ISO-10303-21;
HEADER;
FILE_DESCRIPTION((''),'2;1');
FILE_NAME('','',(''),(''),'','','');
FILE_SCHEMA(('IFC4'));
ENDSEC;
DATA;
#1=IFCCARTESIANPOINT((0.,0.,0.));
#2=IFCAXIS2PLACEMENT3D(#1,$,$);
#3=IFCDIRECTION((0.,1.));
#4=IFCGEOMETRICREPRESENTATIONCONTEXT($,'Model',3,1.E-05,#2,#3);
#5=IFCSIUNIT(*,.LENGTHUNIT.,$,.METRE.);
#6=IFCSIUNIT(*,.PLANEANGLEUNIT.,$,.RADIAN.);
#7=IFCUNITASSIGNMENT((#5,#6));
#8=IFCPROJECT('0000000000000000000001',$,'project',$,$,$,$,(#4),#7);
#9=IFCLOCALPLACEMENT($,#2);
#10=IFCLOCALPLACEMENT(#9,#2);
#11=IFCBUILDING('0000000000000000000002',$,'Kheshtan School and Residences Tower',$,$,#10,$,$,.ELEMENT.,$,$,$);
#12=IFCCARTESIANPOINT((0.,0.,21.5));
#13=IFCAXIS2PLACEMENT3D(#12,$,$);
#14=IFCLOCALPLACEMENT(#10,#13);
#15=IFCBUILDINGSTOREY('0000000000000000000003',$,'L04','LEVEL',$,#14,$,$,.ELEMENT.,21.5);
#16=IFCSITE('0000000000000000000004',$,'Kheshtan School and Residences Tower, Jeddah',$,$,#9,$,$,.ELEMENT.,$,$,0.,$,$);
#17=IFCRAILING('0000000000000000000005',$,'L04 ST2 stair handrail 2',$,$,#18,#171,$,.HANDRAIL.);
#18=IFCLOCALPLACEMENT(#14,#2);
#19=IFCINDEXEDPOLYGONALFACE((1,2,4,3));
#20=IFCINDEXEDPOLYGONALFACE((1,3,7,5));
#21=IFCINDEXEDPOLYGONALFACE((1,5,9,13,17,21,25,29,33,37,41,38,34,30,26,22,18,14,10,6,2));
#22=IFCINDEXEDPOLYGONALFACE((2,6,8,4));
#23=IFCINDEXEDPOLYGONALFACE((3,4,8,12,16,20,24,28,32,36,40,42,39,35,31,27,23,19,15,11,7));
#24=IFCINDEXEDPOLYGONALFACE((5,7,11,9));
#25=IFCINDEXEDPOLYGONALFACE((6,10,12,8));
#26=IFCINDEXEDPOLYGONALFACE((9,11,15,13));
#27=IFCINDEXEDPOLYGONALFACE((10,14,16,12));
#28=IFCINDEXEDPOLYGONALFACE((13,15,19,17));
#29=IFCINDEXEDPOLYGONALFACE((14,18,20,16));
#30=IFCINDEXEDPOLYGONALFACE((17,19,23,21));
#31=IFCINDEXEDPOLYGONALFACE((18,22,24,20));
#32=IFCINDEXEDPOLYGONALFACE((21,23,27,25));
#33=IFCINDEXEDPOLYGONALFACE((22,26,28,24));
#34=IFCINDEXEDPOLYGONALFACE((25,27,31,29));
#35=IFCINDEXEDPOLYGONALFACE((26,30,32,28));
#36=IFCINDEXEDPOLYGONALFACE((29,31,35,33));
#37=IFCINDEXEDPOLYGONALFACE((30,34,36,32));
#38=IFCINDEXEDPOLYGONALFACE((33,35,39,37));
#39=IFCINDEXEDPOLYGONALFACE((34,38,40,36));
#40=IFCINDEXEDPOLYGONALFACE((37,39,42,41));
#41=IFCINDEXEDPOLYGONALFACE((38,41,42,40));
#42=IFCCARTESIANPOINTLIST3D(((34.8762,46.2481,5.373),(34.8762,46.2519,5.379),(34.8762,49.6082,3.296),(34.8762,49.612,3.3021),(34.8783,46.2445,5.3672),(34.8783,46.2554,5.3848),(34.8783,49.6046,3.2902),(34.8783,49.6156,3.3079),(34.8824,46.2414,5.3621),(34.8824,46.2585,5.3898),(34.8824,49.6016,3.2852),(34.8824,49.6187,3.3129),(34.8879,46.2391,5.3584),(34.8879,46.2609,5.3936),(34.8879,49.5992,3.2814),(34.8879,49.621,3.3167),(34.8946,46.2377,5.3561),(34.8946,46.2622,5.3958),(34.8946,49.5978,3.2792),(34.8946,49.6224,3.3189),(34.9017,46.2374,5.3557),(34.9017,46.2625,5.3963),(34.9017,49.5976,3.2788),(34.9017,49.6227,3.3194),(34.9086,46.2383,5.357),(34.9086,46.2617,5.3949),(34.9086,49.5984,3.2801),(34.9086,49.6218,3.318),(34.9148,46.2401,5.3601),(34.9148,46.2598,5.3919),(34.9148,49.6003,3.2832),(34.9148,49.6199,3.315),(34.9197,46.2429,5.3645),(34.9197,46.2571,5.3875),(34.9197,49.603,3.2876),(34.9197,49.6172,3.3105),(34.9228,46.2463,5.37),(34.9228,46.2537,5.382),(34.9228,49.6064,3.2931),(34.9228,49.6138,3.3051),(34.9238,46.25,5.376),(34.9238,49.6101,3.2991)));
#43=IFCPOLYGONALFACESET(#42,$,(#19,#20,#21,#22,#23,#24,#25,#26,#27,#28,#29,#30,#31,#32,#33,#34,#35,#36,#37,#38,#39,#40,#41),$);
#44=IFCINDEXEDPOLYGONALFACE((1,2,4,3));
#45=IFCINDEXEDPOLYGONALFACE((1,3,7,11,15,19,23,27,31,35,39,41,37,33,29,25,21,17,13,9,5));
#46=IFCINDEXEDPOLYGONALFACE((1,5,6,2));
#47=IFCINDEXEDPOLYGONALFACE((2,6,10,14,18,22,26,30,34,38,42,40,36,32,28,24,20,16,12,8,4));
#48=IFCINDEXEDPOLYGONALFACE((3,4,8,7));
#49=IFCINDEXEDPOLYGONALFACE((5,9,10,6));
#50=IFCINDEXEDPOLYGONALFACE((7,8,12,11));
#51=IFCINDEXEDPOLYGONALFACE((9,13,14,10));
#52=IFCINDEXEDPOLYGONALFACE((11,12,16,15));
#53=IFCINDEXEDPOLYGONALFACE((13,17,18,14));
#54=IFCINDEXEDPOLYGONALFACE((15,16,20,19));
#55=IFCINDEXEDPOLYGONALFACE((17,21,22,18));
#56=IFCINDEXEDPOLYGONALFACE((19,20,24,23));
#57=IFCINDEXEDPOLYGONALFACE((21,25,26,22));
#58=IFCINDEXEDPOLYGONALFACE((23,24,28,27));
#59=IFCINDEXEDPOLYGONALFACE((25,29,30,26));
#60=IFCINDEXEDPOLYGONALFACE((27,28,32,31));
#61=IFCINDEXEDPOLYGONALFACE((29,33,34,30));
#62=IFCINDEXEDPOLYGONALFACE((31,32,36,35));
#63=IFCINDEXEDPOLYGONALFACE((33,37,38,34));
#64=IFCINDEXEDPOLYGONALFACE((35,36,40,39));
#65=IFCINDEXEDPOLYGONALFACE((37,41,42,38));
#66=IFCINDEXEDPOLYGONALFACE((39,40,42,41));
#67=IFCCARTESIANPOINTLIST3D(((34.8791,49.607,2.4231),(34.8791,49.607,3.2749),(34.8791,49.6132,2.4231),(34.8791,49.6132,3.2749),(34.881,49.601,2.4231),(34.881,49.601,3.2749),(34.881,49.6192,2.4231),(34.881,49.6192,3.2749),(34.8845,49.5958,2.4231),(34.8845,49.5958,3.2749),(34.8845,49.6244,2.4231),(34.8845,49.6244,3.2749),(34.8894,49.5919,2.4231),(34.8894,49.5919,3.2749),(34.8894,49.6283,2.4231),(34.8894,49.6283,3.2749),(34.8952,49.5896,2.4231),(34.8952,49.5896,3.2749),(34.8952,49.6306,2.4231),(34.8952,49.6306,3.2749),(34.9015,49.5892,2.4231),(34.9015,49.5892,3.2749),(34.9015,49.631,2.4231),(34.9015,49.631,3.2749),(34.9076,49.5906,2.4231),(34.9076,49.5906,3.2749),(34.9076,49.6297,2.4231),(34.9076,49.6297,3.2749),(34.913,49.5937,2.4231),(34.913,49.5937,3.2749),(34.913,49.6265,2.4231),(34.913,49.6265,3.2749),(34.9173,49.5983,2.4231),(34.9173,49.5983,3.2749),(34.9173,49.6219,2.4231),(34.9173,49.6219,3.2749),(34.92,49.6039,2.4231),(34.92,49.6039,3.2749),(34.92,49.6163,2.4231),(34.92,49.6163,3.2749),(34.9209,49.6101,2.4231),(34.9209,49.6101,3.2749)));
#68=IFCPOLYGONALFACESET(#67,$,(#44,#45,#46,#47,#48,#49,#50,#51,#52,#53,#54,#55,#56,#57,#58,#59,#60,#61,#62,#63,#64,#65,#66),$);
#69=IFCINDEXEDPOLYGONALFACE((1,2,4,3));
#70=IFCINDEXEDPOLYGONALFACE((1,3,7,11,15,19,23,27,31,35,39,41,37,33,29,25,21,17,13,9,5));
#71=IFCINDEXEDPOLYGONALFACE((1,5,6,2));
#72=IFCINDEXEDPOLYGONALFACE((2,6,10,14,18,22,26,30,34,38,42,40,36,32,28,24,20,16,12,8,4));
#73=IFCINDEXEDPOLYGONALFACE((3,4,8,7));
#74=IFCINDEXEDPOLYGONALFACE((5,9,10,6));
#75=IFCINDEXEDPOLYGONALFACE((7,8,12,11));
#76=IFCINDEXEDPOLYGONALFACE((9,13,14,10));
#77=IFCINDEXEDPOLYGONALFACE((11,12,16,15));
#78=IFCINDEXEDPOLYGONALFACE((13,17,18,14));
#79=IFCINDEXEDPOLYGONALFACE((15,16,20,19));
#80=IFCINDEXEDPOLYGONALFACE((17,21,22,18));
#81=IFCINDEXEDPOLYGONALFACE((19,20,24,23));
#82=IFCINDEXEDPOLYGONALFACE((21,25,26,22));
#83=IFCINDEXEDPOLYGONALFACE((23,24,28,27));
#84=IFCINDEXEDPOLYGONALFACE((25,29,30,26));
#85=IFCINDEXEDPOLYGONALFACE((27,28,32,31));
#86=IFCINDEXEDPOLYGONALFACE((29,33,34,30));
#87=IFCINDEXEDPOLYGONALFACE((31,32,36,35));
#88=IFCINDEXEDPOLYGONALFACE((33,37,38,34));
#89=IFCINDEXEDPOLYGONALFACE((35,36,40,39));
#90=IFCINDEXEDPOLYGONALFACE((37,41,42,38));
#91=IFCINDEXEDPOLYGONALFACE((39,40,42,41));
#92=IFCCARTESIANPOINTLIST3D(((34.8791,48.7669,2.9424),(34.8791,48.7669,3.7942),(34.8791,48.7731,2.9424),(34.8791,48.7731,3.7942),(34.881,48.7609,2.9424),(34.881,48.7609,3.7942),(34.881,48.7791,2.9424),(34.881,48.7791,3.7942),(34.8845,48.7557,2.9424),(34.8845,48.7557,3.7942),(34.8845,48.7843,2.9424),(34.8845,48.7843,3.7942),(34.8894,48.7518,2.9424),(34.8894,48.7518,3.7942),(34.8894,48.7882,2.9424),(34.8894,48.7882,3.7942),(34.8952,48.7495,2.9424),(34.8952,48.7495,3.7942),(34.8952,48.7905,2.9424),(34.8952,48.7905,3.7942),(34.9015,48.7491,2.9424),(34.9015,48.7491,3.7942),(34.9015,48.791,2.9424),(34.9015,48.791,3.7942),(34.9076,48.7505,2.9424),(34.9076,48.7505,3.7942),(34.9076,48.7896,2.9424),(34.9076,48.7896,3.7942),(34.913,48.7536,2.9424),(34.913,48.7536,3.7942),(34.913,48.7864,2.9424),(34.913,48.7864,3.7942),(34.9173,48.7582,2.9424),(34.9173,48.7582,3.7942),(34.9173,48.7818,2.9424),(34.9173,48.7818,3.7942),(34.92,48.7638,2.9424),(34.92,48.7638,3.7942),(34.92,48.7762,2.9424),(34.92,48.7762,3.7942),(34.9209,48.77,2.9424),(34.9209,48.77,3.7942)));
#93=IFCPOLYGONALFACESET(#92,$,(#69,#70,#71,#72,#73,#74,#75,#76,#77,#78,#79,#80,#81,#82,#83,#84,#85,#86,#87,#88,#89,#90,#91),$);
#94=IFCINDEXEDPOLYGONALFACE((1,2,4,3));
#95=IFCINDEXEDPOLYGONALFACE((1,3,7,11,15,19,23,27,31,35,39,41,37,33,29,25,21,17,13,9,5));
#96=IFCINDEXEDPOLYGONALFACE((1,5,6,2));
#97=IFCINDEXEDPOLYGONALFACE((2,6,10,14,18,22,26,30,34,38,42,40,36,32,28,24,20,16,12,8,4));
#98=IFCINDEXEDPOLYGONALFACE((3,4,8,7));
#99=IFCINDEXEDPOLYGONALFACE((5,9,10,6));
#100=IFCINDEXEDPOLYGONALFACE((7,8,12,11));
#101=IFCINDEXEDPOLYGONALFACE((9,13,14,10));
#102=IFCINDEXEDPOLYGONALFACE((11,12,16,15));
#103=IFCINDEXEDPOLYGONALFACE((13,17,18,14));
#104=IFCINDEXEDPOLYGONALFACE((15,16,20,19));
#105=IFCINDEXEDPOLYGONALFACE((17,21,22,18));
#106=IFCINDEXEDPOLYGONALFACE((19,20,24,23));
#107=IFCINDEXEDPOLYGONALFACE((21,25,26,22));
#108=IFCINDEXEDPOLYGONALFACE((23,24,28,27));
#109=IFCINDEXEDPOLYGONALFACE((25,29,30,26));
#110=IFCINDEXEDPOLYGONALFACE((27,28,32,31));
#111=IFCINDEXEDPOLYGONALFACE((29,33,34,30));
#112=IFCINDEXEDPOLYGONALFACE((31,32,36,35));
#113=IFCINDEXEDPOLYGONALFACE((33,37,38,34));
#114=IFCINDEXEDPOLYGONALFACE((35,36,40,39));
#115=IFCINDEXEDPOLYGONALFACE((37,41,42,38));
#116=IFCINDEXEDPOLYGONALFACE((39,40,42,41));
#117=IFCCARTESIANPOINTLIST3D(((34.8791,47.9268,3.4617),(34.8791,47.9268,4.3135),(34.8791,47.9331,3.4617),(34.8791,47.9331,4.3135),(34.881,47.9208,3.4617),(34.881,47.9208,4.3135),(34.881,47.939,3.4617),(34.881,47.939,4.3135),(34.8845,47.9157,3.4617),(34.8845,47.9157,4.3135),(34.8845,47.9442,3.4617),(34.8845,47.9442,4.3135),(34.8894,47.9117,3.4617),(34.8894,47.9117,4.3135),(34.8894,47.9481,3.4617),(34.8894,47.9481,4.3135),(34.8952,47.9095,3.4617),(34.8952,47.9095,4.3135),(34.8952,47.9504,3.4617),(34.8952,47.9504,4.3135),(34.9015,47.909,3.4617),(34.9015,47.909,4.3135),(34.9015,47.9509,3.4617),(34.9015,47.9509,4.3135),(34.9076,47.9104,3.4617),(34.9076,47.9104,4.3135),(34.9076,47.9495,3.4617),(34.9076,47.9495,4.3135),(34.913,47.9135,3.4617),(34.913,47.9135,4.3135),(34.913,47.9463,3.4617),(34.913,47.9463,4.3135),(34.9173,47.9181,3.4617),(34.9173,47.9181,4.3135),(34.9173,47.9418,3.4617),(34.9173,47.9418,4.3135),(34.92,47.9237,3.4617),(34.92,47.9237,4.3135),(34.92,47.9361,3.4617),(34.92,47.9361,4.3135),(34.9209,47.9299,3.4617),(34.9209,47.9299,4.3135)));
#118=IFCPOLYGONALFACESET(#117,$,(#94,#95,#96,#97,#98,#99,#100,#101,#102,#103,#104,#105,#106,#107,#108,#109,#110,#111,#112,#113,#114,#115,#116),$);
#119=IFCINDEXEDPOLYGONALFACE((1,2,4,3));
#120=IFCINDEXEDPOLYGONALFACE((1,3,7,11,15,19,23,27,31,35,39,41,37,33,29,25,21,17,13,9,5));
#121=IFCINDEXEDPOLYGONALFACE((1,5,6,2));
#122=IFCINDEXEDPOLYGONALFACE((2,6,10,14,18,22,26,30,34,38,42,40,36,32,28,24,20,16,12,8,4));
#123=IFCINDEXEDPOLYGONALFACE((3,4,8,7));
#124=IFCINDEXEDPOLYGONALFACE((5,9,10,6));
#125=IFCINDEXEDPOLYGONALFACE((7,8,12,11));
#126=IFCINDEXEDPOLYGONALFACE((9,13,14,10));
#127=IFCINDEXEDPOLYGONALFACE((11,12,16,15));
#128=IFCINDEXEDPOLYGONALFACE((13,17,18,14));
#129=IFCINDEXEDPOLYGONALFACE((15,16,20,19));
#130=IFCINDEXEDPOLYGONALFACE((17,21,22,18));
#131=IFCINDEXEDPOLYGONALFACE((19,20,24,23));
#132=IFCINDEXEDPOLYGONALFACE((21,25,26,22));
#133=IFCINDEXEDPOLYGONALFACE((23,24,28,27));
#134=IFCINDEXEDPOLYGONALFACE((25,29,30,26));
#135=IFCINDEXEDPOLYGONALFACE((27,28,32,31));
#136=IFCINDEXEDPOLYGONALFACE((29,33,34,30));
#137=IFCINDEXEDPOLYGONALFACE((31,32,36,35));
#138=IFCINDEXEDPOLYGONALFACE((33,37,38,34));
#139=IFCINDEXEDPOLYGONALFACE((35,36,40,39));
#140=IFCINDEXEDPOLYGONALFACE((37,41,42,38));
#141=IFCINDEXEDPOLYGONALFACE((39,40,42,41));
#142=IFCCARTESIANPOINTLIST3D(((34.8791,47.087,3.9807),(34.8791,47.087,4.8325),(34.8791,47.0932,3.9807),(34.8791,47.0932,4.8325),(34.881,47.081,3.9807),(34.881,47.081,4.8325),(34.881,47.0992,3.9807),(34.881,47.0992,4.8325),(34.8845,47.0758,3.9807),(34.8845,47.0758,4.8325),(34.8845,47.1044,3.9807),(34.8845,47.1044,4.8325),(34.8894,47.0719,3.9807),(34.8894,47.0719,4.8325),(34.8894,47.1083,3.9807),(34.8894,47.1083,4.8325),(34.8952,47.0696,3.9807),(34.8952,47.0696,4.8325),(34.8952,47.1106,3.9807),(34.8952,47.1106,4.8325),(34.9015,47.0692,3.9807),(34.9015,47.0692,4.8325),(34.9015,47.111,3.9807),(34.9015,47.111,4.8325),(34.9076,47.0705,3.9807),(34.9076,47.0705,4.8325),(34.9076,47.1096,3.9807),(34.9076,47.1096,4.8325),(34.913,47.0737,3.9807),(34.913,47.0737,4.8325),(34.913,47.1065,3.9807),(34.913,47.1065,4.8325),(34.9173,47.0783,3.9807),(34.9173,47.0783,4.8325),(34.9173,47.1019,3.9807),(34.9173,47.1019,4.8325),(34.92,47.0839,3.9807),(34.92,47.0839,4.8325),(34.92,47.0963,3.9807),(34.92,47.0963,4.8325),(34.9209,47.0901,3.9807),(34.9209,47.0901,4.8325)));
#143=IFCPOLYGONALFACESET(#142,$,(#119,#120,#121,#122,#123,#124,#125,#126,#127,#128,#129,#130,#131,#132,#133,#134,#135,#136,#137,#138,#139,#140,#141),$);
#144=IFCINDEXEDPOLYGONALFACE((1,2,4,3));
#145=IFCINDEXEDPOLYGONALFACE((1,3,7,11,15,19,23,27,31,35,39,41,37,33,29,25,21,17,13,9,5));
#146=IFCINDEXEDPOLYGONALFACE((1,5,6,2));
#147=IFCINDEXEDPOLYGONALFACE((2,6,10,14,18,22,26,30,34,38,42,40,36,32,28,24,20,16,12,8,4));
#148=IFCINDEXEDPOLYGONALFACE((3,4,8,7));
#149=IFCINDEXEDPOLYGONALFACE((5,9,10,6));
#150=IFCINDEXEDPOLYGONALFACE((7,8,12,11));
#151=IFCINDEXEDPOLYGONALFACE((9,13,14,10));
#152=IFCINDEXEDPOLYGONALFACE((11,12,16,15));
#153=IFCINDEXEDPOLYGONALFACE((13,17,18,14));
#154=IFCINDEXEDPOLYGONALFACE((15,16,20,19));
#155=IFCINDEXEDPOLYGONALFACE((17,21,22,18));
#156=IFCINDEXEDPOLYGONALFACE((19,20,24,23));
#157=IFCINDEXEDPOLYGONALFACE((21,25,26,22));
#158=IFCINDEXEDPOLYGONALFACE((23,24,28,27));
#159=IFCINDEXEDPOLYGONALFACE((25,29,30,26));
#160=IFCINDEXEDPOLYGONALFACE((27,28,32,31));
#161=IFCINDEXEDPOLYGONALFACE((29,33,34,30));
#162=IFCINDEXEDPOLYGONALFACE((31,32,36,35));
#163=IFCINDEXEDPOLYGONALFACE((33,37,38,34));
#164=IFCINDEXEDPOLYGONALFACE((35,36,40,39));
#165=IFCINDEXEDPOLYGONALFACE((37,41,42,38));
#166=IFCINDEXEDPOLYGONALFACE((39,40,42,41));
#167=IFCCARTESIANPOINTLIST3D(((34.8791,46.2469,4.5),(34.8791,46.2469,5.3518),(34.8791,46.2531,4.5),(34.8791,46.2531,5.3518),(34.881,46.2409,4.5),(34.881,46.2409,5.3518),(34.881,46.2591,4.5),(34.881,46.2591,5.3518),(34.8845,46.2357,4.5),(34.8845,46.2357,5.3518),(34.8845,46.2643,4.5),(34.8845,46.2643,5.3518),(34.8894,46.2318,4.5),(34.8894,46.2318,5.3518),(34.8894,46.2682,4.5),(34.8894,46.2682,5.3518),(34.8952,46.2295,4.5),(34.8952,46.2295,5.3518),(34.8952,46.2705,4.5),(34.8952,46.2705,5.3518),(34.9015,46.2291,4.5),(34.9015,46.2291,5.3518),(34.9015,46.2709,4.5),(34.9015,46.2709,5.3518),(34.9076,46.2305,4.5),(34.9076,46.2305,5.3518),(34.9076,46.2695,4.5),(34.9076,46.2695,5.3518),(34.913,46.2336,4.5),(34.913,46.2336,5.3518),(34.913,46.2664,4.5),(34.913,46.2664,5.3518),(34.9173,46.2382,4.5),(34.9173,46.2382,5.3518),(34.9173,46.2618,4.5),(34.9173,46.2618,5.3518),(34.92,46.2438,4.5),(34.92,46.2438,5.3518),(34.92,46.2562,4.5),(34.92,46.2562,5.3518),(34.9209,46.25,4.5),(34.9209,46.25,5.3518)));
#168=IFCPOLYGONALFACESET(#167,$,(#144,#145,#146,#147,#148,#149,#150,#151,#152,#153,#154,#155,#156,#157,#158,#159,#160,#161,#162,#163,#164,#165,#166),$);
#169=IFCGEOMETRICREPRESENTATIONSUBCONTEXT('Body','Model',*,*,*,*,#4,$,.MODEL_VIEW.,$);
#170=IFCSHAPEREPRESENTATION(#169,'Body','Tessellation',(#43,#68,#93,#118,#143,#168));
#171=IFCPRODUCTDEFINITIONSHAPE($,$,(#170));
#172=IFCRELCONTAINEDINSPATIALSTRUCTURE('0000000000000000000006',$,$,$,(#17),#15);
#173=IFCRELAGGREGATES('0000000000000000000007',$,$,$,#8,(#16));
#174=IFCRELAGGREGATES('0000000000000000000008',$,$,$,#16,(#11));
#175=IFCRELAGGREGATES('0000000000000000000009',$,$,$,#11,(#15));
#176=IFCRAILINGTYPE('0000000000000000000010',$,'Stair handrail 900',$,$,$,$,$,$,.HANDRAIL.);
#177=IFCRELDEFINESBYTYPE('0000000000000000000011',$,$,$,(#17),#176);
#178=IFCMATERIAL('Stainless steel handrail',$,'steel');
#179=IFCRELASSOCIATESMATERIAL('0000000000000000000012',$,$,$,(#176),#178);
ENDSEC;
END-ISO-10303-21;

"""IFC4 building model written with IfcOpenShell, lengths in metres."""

from ifc_helpers import new_model, si_unit, direction, frame, origin, origin_2d, place, context, subcontext, project, spatial, circle, extrude, material, type_object, element, save


model = new_model("IFC4")

# Units and contexts
model_context = context("Model", 3, precision=1e-05, world=origin(), true_north=direction((0.0, 1.0)))
body_context = subcontext(model_context, "Body", "Model", "MODEL_VIEW")
ifc_project = project(units=[si_unit("LENGTHUNIT", "METRE"), si_unit("PLANEANGLEUNIT", "RADIAN")], contexts=[model_context])

# Site, building, storey
site_placement = place(None, origin())
site = spatial("IfcSite", under=ifc_project, at=site_placement, Name="Kheshtan School and Residences Tower, Jeddah", CompositionType="ELEMENT", RefElevation=0.0)
building_placement = place(site_placement, origin())
building = spatial("IfcBuilding", under=site, at=building_placement, Name="Kheshtan School and Residences Tower", CompositionType="ELEMENT")
storey_placement = place(building_placement, frame((0.0, 0.0, 21.5)))
storey = spatial("IfcBuildingStorey", under=building, at=storey_placement, Name="L04", Description="LEVEL", CompositionType="ELEMENT", Elevation=21.5)

# Railing
ifc_material_1 = material(Name="Stainless steel handrail", Category="steel")
railing_type_1 = type_object("IfcRailingType", Name="Stair handrail 900", PredefinedType="HANDRAIL", material=ifc_material_1)
railing_1_placement = place(storey_placement, frame((34.8999, 49.6101, 2.4231)))
element("IfcRailing", 1, at=railing_1_placement, inside=storey, type_object=railing_type_1, Name="L04 ST2 stair handrail 2", PredefinedType="HANDRAIL", context=body_context, shape_type="SweptSolid", body=[
    extrude(circle(Radius=0.0239, at=origin_2d()), frame((0.0, 0.0, 0.876), z_axis=(0.0, -0.850623, 0.525776), x_axis=(1.0, 0.0, 0.0)), (0.0, 0.0, 1.0), 3.9502),
    extrude(circle(Radius=0.021, at=origin_2d()), origin(), (0.0, 0.0, 1.0), 0.8518),
    extrude(circle(Radius=0.021, at=origin_2d()), frame((0.0, -0.8401, 0.5193)), (0.0, 0.0, 1.0), 0.8518),
    extrude(circle(Radius=0.021, at=origin_2d()), frame((0.0, -1.6802, 1.0386)), (0.0, 0.0, 1.0), 0.8518),
    extrude(circle(Radius=0.021, at=origin_2d()), frame((0.0, -2.52, 1.5576)), (0.0, 0.0, 1.0), 0.8518),
    extrude(circle(Radius=0.021, at=origin_2d()), frame((0.0, -3.3601, 2.0769)), (0.0, 0.0, 1.0), 0.8518),
])

save(model, "model.ifc")
